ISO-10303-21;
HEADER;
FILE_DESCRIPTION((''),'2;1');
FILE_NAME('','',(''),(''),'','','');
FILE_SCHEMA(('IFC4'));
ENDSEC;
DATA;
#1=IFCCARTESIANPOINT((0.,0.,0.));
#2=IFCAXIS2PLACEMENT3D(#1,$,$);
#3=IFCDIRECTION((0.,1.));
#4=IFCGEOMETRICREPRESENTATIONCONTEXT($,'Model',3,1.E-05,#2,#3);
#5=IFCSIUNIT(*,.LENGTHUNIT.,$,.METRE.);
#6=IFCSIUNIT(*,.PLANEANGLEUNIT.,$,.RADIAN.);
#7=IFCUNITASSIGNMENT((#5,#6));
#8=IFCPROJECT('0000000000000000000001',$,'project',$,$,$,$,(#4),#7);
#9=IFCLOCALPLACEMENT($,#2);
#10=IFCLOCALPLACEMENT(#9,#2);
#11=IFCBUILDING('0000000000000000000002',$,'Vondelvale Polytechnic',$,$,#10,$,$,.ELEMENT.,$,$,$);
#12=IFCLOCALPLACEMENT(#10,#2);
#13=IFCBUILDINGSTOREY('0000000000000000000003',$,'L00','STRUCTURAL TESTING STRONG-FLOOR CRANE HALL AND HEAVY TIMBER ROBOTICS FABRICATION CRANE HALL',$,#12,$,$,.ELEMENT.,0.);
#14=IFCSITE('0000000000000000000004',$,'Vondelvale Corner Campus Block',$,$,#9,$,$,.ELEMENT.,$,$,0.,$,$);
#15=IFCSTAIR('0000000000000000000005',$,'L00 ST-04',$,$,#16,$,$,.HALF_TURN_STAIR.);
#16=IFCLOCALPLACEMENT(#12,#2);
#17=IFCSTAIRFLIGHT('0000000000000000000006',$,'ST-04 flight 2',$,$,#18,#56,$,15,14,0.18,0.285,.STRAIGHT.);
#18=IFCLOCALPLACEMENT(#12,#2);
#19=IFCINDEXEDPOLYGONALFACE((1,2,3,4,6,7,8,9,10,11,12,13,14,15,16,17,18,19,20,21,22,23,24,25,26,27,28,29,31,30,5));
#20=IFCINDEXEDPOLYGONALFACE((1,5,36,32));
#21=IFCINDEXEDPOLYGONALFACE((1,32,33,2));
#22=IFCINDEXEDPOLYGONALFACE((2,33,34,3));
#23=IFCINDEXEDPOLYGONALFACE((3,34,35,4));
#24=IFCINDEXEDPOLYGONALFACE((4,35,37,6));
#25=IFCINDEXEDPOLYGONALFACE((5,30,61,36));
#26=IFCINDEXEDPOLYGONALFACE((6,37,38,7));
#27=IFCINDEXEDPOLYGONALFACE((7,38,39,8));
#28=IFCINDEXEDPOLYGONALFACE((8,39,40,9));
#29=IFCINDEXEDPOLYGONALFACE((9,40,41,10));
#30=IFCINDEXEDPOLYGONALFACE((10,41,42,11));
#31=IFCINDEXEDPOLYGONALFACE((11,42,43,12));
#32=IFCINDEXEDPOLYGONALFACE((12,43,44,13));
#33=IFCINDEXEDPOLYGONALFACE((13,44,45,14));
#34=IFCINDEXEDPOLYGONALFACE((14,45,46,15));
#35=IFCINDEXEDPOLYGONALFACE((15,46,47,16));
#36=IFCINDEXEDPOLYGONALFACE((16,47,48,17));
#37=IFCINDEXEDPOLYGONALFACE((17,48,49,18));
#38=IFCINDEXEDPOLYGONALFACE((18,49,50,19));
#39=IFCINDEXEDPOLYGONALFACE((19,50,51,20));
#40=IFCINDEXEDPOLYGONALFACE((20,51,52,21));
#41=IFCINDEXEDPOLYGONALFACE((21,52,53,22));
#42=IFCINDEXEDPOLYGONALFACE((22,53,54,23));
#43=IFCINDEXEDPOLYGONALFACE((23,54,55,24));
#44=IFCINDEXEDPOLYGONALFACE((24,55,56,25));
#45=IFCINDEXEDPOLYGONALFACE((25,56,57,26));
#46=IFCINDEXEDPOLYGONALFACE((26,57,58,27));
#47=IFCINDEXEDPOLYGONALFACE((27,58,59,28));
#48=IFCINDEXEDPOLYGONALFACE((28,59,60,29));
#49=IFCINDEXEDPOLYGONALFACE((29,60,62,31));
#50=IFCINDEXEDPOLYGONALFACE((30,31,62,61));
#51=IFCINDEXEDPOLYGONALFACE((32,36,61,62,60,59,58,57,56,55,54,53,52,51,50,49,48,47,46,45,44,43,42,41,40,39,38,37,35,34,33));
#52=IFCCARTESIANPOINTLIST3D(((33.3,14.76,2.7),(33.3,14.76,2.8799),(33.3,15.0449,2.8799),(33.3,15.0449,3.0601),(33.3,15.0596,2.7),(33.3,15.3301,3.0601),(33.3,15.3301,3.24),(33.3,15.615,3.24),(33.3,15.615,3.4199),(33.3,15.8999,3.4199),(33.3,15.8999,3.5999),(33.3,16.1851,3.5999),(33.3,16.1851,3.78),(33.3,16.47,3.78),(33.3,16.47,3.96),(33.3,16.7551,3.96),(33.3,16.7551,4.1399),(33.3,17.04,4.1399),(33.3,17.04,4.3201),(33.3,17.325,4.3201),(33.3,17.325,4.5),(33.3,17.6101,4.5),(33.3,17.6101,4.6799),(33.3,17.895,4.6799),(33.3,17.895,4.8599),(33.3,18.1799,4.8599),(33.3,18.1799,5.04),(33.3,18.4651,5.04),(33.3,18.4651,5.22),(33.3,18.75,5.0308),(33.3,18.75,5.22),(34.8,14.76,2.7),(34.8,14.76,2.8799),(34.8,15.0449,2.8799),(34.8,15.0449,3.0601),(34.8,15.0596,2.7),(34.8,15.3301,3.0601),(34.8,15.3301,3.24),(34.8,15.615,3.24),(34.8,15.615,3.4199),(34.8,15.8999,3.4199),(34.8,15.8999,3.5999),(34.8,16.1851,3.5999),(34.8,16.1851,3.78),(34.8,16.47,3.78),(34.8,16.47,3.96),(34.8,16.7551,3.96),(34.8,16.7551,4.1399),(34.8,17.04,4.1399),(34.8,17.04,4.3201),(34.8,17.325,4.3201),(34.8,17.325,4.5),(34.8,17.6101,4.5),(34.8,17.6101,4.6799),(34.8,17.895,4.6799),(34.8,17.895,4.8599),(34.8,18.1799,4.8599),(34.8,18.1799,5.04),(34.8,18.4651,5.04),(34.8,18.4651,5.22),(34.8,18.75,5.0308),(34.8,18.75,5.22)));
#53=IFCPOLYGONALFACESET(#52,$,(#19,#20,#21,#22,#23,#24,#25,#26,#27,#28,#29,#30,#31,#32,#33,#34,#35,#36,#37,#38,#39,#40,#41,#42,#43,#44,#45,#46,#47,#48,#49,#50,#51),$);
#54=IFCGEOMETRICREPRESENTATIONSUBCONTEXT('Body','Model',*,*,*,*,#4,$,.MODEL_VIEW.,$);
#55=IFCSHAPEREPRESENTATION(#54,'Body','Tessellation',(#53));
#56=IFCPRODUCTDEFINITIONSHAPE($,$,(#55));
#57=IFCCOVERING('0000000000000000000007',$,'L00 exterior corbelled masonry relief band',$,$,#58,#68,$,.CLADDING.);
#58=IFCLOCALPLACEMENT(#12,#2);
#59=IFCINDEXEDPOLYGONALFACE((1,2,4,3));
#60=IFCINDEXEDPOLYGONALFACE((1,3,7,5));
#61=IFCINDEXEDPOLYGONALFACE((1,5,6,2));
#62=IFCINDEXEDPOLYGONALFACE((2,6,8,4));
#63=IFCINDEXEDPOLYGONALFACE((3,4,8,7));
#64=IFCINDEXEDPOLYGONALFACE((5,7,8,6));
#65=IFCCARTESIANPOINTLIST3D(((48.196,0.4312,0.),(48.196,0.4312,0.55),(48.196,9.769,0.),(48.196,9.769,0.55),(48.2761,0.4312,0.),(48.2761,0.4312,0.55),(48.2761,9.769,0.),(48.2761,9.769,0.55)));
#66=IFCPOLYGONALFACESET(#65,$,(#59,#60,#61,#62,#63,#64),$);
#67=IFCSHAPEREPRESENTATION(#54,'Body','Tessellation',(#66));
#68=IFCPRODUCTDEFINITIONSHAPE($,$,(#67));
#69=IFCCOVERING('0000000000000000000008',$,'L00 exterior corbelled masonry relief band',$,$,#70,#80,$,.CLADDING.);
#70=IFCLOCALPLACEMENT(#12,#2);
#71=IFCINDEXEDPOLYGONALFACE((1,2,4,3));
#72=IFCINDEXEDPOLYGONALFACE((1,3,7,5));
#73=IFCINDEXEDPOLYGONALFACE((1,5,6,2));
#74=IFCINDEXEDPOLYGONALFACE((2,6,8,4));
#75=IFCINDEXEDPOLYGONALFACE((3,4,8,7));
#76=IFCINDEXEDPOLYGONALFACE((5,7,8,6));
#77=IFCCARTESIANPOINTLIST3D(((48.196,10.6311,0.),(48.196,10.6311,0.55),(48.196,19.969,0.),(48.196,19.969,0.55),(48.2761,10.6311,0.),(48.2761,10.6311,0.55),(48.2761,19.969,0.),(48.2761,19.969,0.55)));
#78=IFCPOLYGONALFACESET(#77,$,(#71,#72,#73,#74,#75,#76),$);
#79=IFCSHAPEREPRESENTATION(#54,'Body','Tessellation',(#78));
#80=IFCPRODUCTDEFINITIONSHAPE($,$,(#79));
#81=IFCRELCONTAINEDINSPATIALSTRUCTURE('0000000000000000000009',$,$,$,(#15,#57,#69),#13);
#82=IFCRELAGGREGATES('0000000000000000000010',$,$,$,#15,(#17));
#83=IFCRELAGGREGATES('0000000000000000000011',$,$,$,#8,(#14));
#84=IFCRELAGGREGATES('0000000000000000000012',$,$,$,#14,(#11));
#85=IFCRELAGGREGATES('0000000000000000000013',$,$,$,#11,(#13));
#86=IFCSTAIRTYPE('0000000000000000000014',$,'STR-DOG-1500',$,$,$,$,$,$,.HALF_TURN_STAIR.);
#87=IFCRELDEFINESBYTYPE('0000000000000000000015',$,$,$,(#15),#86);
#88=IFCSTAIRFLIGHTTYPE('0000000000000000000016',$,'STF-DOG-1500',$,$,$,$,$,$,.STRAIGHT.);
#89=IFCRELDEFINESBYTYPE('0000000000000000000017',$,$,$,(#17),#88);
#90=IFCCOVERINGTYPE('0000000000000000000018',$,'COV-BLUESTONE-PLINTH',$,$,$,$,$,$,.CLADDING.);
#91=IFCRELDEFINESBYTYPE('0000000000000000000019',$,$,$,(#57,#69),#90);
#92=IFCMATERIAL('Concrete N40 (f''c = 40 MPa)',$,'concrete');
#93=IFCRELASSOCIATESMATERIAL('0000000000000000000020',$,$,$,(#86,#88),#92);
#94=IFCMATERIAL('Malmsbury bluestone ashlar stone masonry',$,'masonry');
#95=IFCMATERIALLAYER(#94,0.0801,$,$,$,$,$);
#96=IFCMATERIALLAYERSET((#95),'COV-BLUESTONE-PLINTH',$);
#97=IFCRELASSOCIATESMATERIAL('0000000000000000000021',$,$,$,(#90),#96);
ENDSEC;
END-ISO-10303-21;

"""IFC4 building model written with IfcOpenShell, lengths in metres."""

from ifc_helpers import new_model, si_unit, direction, frame, origin, origin_2d, place, context, subcontext, project, spatial, polyline, rectangle, outline, extrude, material, layer, layer_set, type_object, element, aggregate, save


model = new_model("IFC4")

# Units and contexts
model_context = context("Model", 3, precision=1e-05, world=origin(), true_north=direction((0.0, 1.0)))
body_context = subcontext(model_context, "Body", "Model", "MODEL_VIEW")
ifc_project = project(units=[si_unit("LENGTHUNIT", "METRE"), si_unit("PLANEANGLEUNIT", "RADIAN")], contexts=[model_context])

# Site, building, storey
site_placement = place(None, origin())
site = spatial("IfcSite", under=ifc_project, at=site_placement, Name="Vondelvale Corner Campus Block", CompositionType="ELEMENT", RefElevation=0.0)
building_placement = place(site_placement, origin())
building = spatial("IfcBuilding", under=site, at=building_placement, Name="Vondelvale Polytechnic", CompositionType="ELEMENT")
storey_placement = place(building_placement, origin())
storey = spatial("IfcBuildingStorey", under=building, at=storey_placement, Name="L00", Description="STRUCTURAL TESTING STRONG-FLOOR CRANE HALL AND HEAVY TIMBER ROBOTICS FABRICATION CRANE HALL", CompositionType="ELEMENT", Elevation=0.0)

# Shared definitions
ifc_material_1 = material(Name="Concrete N40 (f'c = 40 MPa)", Category="concrete")

# Shared definitions
ifc_material_2 = material(Name="Malmsbury bluestone ashlar stone masonry", Category="masonry")

# Stair, stair flight
stair_type = type_object("IfcStairType", Name="STR-DOG-1500", PredefinedType="HALF_TURN_STAIR", material=ifc_material_1)
stair_placement = place(storey_placement, origin())
stair = element("IfcStair", 1, at=stair_placement, inside=storey, type_object=stair_type, Name="L00 ST-04", PredefinedType="HALF_TURN_STAIR")
stair_flight_type = type_object("IfcStairFlightType", Name="STF-DOG-1500", PredefinedType="STRAIGHT", material=ifc_material_1)
stair_flight_1_placement = place(storey_placement, frame((34.05, 14.76, 2.7), z_axis=(0.0, 0.0, 1.0), x_axis=(0.0, 1.0, 0.0)))
stair_flight_1 = element("IfcStairFlight", 2, at=stair_flight_1_placement, type_object=stair_flight_type, Name="ST-04 flight 2", NumberOfRisers=15, NumberOfTreads=14, PredefinedType="STRAIGHT", RiserHeight=0.18, TreadLength=0.285, context=body_context, shape_type="SweptSolid", body=[
    extrude(outline(polyline([(0.0, 0.0), (0.0, 0.1799), (0.2849, 0.1799), (0.2849, 0.3601), (0.5701, 0.3601), (0.5701, 0.54), (0.855, 0.54), (0.855, 0.72), (1.1399, 0.72), (1.1399, 0.8999), (1.425, 0.8999), (1.425, 1.0801), (1.71, 1.0801), (1.71, 1.26), (1.9951, 1.26), (1.9951, 1.4399), (2.28, 1.4399), (2.28, 1.6201), (2.5649, 1.6201), (2.5649, 1.8), (2.8501, 1.8), (2.8501, 1.98), (3.135, 1.98), (3.135, 2.1599), (3.4199, 2.1599), (3.4199, 2.3401), (3.7051, 2.3401), (3.7051, 2.52), (3.99, 2.52), (3.99, 2.7), (3.99, 2.3308), (0.2996, 0.0), (0.0, 0.0)])), frame((0.0, 0.75, 0.0), z_axis=(0.0, -1.0, 0.0), x_axis=(1.0, 0.0, 0.0)), (0.0, 0.0, 1.0), 1.5),
])
aggregate(stair, [stair_flight_1])

# Coverings
ifc_layer_1 = layer(ifc_material_2, 0.0801)
ifc_layer_set_1 = layer_set([ifc_layer_1], Name="COV-BLUESTONE-PLINTH")
covering_type = type_object("IfcCoveringType", Name="COV-BLUESTONE-PLINTH", PredefinedType="CLADDING", material=ifc_layer_set_1)
for number, where, z_axis, x_axis, name in (
    (3, (48.2361, 5.1001, 0.0), (0.0, 0.0, 1.0), (0.0, -1.0, 0.0), "L00 exterior corbelled masonry relief band"),
    (4, (48.2361, 15.3, 0.0), (0.0, 0.0, 1.0), (0.0, -1.0, 0.0), "L00 exterior corbelled masonry relief band"),
):
    element("IfcCovering", number, at=place(storey_placement, frame(where, z_axis=z_axis, x_axis=x_axis)), inside=storey, type_object=covering_type, Name=name, PredefinedType="CLADDING", context=body_context, shape_type="SweptSolid", body=[
        extrude(rectangle(XDim=9.3379, YDim=0.0801, at=origin_2d()), origin(), (0.0, 0.0, 1.0), 0.55),
    ])

save(model, "model.ifc")
